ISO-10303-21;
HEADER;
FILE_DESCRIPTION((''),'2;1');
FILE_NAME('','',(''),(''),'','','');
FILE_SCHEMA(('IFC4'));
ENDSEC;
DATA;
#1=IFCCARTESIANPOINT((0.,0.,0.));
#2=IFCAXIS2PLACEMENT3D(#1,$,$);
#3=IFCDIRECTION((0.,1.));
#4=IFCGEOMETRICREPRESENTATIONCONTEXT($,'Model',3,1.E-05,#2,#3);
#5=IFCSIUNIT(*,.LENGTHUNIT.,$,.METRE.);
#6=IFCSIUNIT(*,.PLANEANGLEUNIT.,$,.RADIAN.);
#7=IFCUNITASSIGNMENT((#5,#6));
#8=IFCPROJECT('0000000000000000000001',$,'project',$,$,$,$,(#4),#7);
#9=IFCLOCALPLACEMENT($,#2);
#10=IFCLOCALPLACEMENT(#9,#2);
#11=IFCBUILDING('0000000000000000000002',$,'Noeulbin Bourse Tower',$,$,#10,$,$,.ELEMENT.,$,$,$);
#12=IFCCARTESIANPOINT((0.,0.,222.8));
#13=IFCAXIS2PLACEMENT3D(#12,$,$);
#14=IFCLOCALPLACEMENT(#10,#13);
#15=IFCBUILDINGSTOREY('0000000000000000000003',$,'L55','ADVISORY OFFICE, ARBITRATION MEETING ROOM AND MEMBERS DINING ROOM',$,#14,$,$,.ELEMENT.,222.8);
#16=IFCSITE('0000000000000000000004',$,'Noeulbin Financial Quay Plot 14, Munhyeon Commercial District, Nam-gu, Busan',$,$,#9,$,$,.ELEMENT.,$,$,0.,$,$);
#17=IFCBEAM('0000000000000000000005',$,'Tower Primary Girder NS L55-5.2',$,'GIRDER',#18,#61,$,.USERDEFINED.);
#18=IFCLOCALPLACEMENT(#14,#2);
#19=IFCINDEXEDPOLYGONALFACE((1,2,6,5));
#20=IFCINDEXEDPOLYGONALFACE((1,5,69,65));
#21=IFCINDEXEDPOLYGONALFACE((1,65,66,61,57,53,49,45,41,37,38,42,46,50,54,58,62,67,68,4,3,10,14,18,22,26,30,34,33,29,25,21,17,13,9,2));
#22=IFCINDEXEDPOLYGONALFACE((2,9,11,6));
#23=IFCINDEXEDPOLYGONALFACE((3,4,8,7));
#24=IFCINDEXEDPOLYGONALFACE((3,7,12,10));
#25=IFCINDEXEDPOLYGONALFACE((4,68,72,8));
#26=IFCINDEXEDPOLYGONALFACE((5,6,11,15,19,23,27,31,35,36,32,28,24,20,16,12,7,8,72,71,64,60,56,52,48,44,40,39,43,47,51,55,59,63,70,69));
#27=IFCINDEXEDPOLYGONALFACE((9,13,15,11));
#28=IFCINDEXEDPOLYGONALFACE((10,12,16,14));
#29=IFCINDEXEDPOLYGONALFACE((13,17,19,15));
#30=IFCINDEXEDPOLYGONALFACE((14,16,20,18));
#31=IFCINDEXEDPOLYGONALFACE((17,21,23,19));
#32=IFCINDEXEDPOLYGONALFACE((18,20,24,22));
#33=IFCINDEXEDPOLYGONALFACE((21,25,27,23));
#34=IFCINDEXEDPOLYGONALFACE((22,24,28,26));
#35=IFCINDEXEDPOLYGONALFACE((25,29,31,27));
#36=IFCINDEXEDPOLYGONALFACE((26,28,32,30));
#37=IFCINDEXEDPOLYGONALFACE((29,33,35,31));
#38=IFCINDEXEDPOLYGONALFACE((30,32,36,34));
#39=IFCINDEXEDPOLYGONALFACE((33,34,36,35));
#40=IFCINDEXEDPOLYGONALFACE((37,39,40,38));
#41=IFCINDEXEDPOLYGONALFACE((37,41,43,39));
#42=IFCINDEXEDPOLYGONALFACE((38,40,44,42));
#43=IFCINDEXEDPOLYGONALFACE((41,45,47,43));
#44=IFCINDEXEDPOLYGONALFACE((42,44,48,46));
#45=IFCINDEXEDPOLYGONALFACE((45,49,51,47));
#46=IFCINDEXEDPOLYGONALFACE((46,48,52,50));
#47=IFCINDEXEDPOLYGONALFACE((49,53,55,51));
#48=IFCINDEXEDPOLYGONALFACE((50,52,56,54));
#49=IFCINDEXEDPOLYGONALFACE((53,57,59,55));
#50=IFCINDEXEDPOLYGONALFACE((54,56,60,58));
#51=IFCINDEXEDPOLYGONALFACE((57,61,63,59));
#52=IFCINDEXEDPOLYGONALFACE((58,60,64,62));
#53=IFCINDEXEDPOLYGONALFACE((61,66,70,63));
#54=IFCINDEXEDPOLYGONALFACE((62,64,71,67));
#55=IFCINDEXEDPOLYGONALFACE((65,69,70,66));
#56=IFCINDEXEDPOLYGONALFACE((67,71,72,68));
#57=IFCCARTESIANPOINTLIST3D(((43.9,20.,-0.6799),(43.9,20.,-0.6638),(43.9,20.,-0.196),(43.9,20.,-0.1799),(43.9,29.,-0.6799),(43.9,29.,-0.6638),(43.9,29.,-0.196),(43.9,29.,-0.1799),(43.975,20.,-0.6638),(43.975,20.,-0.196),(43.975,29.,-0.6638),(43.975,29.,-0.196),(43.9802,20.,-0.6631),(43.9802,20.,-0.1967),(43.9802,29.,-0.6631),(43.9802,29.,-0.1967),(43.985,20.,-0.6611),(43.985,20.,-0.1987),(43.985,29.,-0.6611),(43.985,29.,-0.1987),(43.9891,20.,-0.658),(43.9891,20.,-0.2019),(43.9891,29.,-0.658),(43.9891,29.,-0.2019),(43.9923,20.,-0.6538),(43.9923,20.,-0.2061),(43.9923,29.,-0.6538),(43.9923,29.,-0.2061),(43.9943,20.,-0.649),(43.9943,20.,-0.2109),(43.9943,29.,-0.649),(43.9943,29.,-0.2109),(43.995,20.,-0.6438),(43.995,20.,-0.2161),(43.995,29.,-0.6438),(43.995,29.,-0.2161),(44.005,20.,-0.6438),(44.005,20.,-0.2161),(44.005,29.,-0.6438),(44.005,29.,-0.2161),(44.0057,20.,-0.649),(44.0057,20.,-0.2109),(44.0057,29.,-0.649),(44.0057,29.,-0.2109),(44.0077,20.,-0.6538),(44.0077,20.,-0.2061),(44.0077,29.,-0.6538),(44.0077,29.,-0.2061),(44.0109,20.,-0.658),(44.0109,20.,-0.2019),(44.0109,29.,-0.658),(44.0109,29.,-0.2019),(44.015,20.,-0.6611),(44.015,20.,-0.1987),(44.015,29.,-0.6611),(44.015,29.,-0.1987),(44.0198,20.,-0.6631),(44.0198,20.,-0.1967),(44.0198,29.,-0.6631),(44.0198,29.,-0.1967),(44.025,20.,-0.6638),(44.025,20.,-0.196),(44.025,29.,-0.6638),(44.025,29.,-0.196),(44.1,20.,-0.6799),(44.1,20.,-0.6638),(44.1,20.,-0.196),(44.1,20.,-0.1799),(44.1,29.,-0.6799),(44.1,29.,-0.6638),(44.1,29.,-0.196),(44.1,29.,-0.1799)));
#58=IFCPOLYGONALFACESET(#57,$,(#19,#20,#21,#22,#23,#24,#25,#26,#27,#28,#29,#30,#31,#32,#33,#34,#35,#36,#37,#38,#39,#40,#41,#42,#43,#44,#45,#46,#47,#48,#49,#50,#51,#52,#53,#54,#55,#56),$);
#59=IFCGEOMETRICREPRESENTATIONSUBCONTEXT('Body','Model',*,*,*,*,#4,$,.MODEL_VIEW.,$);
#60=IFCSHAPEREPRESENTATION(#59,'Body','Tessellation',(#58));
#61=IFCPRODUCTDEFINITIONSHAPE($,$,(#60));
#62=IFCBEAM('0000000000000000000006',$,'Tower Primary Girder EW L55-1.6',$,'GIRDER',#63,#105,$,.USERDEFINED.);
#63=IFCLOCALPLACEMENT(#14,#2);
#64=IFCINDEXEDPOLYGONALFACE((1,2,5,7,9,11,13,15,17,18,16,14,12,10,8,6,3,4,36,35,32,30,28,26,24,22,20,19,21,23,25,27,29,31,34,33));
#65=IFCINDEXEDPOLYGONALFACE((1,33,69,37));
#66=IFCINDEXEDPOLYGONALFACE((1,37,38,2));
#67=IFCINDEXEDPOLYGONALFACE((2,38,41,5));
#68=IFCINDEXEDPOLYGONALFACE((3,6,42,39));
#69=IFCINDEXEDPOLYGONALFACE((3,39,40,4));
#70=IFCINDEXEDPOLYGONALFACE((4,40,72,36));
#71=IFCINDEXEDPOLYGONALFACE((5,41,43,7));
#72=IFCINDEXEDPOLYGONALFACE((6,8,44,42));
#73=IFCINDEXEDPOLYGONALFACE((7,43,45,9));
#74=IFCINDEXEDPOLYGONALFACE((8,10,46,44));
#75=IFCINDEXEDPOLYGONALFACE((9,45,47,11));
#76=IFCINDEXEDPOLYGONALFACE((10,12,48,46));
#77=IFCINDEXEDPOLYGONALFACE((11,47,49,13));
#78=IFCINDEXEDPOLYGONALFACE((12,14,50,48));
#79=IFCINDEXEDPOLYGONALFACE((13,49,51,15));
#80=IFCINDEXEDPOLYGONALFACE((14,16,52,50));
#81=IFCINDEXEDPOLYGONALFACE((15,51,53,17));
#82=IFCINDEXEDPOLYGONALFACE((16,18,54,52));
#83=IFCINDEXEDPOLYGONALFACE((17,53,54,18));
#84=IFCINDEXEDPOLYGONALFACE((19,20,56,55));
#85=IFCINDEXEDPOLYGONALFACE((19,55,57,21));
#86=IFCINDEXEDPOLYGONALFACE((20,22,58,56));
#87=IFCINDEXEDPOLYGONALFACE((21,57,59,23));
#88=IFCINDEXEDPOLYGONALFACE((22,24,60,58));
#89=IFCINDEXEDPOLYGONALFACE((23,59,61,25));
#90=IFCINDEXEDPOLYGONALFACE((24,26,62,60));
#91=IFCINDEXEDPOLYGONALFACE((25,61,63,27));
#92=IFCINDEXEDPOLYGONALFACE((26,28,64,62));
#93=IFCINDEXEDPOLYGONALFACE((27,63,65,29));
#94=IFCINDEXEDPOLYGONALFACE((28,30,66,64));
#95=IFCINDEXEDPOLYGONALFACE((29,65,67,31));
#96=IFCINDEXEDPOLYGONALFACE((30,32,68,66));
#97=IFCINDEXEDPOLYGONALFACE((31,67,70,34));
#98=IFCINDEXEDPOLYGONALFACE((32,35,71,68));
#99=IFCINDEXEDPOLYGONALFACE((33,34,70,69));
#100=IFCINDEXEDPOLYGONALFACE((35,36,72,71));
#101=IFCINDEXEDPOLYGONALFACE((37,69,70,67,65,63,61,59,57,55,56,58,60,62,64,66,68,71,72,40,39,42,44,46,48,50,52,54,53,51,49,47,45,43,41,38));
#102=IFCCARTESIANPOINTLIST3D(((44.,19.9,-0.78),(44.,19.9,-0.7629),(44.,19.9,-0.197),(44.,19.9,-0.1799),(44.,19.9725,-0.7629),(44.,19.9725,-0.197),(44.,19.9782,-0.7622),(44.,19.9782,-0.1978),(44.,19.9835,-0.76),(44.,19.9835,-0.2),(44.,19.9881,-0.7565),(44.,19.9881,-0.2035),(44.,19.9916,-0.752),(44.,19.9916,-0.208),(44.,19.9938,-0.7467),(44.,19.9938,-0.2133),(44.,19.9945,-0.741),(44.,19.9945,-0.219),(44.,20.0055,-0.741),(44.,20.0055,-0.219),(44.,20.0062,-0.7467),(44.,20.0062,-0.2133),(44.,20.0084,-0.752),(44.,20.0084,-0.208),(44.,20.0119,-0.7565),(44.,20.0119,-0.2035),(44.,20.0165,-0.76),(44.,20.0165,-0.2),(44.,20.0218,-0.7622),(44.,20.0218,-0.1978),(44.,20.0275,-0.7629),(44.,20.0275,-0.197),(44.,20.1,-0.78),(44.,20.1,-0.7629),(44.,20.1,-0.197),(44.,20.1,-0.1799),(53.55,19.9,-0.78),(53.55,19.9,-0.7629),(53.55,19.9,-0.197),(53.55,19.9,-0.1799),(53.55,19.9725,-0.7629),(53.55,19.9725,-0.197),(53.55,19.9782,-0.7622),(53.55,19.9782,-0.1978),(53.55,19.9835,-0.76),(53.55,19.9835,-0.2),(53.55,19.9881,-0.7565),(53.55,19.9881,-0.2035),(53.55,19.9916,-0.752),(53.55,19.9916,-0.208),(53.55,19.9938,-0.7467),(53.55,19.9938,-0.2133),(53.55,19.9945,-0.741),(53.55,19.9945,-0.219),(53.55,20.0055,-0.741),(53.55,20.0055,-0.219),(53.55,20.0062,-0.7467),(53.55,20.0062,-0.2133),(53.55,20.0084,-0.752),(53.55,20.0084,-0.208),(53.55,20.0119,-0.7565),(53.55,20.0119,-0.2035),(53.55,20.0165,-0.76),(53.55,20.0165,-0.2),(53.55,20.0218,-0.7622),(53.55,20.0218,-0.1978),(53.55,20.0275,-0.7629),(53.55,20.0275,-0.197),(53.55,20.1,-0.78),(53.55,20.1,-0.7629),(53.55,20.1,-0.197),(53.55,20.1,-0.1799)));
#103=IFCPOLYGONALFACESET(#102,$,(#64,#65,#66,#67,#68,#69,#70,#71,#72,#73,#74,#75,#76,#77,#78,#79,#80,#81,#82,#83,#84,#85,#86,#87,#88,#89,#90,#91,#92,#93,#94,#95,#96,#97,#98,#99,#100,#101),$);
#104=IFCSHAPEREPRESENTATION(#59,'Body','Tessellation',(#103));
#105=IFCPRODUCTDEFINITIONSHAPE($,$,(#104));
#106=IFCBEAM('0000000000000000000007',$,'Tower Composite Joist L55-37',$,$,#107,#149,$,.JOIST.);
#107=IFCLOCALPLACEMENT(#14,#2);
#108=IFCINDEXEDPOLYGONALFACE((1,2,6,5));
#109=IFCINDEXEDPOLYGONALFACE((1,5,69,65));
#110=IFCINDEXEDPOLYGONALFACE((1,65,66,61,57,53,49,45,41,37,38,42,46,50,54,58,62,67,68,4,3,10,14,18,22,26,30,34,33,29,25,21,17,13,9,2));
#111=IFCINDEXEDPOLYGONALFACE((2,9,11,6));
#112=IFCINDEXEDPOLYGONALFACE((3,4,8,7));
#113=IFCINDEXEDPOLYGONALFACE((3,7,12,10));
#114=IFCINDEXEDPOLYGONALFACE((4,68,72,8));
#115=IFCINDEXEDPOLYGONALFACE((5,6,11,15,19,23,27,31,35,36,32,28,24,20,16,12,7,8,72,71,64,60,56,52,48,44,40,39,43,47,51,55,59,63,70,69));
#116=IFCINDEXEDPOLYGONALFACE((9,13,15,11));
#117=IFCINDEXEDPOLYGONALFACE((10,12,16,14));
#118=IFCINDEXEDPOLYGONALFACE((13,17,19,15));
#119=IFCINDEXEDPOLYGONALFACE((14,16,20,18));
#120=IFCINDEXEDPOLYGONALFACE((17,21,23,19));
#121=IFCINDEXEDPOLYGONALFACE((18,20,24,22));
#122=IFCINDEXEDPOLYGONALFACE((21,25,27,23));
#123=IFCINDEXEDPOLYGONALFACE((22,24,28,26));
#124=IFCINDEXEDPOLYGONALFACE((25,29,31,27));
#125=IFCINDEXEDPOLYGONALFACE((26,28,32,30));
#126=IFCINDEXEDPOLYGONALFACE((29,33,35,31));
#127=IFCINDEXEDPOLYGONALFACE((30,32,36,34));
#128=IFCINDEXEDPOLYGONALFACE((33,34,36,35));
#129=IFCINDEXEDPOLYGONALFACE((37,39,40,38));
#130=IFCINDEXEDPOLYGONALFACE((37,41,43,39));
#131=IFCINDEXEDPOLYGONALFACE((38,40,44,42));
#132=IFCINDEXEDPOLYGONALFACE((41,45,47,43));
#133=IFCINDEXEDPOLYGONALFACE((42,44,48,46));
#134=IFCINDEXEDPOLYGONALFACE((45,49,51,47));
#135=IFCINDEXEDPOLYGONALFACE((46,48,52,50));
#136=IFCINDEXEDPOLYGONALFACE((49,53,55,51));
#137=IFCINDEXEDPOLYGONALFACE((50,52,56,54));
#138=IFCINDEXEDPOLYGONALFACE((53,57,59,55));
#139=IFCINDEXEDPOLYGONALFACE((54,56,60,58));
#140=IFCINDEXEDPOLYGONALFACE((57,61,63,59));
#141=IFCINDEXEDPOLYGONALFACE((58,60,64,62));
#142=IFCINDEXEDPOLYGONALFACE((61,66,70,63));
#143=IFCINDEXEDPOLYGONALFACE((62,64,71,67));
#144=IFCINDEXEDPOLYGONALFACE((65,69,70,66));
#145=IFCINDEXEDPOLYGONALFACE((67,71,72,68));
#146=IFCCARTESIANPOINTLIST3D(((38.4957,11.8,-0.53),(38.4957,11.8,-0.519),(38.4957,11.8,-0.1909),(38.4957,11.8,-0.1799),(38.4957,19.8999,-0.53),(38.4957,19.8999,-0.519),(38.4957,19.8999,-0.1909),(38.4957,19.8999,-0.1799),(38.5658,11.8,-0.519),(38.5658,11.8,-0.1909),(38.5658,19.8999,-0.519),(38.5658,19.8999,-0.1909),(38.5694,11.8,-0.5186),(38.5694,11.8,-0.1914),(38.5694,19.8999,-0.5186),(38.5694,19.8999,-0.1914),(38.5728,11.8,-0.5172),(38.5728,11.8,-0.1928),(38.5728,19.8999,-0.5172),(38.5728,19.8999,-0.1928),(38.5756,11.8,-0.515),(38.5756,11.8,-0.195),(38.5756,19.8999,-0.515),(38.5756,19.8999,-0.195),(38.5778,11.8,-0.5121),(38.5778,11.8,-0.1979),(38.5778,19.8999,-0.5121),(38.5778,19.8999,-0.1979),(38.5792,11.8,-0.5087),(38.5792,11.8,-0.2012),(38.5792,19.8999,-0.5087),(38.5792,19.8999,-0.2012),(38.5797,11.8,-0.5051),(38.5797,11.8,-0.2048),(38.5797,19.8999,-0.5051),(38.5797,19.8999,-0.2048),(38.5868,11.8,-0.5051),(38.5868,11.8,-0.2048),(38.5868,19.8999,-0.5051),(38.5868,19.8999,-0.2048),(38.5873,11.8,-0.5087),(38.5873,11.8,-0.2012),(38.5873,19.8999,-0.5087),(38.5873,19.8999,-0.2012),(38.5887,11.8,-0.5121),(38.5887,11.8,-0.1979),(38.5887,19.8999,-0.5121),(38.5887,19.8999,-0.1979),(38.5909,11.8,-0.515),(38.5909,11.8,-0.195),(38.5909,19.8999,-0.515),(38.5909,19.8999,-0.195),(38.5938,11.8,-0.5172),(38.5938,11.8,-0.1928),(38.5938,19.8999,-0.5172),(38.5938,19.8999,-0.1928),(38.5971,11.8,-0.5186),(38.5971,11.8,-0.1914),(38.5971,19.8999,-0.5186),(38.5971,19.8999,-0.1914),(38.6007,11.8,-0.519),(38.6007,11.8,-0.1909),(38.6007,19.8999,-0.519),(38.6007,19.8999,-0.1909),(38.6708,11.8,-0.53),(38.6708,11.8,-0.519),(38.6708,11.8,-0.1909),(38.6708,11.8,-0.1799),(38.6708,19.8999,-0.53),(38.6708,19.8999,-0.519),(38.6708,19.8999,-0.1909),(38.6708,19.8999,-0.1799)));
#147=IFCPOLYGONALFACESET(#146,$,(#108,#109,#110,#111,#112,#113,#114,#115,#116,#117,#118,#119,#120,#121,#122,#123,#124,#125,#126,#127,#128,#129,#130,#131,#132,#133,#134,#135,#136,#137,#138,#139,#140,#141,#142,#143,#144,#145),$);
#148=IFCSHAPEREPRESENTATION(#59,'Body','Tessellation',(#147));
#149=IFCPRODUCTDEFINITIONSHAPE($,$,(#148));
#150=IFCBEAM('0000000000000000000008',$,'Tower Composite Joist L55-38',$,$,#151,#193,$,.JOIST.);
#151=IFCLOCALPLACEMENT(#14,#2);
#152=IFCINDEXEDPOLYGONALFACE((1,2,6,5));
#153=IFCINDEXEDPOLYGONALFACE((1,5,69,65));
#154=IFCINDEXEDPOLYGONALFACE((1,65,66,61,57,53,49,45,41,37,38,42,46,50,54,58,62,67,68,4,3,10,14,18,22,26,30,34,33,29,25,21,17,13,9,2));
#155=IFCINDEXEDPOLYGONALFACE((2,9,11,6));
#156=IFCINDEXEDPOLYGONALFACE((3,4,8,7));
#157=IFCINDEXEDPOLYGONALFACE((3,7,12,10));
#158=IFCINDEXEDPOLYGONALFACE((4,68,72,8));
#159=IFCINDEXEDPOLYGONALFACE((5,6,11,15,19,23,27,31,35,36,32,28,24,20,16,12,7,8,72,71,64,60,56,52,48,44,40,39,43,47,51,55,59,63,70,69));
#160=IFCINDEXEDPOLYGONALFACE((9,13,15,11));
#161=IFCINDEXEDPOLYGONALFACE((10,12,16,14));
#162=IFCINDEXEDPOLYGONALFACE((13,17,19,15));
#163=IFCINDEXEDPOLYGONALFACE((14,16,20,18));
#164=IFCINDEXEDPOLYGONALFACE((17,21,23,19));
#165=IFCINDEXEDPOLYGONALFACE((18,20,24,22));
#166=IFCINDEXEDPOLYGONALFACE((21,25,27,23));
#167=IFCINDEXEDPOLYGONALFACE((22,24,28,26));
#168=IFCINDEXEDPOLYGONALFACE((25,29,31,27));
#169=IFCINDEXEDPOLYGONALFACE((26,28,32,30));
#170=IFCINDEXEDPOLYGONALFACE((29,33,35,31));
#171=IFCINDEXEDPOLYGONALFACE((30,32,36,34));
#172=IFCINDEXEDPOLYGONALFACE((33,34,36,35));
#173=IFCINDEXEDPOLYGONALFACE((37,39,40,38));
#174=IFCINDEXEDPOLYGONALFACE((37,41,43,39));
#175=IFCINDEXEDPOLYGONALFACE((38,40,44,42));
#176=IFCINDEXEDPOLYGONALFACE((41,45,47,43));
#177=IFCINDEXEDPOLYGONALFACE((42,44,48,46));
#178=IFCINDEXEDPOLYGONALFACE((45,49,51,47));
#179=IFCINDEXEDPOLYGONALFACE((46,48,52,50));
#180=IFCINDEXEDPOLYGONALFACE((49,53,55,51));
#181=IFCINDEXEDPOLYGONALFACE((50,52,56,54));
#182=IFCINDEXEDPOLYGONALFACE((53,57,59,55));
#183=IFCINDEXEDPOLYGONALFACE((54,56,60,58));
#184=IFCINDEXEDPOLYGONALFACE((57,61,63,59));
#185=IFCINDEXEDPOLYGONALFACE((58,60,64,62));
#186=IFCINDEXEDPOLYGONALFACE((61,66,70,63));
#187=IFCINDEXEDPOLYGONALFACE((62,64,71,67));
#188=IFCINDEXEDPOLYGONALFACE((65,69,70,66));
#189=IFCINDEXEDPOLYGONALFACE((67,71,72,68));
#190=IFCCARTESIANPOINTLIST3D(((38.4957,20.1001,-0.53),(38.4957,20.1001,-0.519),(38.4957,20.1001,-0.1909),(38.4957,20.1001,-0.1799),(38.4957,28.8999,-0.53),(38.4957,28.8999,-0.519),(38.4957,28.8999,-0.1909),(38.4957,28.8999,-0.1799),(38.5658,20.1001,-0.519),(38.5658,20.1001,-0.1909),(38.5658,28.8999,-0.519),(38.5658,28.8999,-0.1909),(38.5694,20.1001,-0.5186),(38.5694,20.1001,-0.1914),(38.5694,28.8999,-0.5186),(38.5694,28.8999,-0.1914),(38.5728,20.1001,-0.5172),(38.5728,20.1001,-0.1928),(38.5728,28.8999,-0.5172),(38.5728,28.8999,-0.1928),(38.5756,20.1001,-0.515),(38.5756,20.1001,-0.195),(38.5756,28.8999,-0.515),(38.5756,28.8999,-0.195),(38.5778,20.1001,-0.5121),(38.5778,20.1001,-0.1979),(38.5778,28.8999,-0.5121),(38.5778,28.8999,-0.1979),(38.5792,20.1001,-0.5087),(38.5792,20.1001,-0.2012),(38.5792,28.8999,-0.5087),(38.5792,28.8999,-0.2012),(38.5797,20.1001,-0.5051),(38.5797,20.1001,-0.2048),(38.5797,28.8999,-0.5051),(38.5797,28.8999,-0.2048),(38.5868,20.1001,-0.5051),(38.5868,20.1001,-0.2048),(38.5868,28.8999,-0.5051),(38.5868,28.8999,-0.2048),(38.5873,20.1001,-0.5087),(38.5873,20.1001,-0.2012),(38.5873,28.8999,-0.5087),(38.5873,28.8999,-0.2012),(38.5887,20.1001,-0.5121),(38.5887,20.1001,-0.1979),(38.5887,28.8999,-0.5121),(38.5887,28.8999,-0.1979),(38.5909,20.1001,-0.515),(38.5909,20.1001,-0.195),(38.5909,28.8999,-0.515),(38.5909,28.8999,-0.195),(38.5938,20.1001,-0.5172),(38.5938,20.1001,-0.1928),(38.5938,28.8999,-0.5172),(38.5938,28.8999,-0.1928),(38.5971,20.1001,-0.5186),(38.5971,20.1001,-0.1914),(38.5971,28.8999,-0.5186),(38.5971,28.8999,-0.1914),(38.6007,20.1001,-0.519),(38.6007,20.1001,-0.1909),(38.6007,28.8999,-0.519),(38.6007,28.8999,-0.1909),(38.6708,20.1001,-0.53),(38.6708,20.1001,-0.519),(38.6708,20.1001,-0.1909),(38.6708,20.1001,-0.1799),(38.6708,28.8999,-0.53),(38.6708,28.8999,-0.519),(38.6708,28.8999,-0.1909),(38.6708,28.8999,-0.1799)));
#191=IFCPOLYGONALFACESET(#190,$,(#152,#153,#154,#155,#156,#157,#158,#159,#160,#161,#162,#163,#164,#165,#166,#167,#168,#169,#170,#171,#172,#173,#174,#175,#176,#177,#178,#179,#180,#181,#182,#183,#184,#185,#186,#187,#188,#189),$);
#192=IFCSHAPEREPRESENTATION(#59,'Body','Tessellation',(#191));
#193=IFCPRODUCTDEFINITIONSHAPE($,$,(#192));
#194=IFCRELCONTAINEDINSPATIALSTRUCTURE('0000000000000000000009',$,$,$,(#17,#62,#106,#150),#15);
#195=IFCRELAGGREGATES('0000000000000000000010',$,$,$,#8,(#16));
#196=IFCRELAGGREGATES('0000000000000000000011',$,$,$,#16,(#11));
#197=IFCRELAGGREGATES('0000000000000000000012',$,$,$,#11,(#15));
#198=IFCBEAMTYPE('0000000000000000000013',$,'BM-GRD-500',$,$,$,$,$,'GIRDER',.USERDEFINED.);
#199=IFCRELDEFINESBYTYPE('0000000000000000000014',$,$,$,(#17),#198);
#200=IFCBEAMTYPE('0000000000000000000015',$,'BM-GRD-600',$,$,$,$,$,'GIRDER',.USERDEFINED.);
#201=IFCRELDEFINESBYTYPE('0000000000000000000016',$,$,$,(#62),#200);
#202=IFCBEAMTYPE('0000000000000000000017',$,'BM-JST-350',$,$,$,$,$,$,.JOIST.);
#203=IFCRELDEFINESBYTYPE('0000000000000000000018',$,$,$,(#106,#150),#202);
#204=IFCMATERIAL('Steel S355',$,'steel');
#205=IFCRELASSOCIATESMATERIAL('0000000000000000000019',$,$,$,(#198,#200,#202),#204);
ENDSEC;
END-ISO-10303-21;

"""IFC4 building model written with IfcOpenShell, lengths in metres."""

from ifc_helpers import new_model, si_unit, direction, frame, origin, origin_2d, place, context, subcontext, project, spatial, i_section, extrude, material, material_profile, profile_set, type_object, element, save


model = new_model("IFC4")

# Units and contexts
model_context = context("Model", 3, precision=1e-05, world=origin(), true_north=direction((0.0, 1.0)))
body_context = subcontext(model_context, "Body", "Model", "MODEL_VIEW")
ifc_project = project(units=[si_unit("LENGTHUNIT", "METRE"), si_unit("PLANEANGLEUNIT", "RADIAN")], contexts=[model_context])

# Site, building, storey
site_placement = place(None, origin())
site = spatial("IfcSite", under=ifc_project, at=site_placement, Name="Noeulbin Financial Quay Plot 14, Munhyeon Commercial District, Nam-gu, Busan", CompositionType="ELEMENT", RefElevation=0.0)
building_placement = place(site_placement, origin())
building = spatial("IfcBuilding", under=site, at=building_placement, Name="Noeulbin Bourse Tower", CompositionType="ELEMENT")
storey_placement = place(building_placement, frame((0.0, 0.0, 222.8)))
storey = spatial("IfcBuildingStorey", under=building, at=storey_placement, Name="L55", Description="ADVISORY OFFICE, ARBITRATION MEETING ROOM AND MEMBERS DINING ROOM", CompositionType="ELEMENT", Elevation=222.8)

# Shared definitions
ifc_material_1 = material(Name="Steel S355", Category="steel")

# Beams
ifc_material_profile_1 = material_profile(ifc_material_1, i_section(OverallWidth=0.2, OverallDepth=0.5, WebThickness=0.01, FlangeThickness=0.0161, FilletRadius=0.02, at=origin_2d()), Name="H-500x200x10x16", Category="LoadBearing")
ifc_profile_set_1 = profile_set([ifc_material_profile_1], Name="Steel S355")
beam_type_1 = type_object("IfcBeamType", Name="BM-GRD-500", ElementType="GIRDER", PredefinedType="USERDEFINED", material=ifc_profile_set_1)
beam_1_placement = place(storey_placement, frame((44.0, 20.0, -0.4299), z_axis=(0.0, 1.0, 0.0), x_axis=(-1.0, 0.0, 0.0)))
element("IfcBeam", 1, at=beam_1_placement, inside=storey, type_object=beam_type_1, Name="Tower Primary Girder NS L55-5.2", ObjectType="GIRDER", PredefinedType="USERDEFINED", context=body_context, shape_type="SweptSolid", body=[
    extrude(i_section(OverallWidth=0.2, OverallDepth=0.5, WebThickness=0.01, FlangeThickness=0.0161, FilletRadius=0.02, at=origin_2d()), origin(), (0.0, 0.0, 1.0), 9.0),
])
ifc_material_profile_2 = material_profile(ifc_material_1, i_section(OverallWidth=0.2, OverallDepth=0.6001, WebThickness=0.011, FlangeThickness=0.0171, FilletRadius=0.022, at=origin_2d()), Name="H-600x200x11x17", Category="LoadBearing")
ifc_profile_set_2 = profile_set([ifc_material_profile_2], Name="Steel S355")
beam_type_2 = type_object("IfcBeamType", Name="BM-GRD-600", ElementType="GIRDER", PredefinedType="USERDEFINED", material=ifc_profile_set_2)
beam_2_placement = place(storey_placement, frame((44.0, 20.0, -0.48), z_axis=(1.0, 0.0, 0.0), x_axis=(0.0, 1.0, 0.0)))
element("IfcBeam", 2, at=beam_2_placement, inside=storey, type_object=beam_type_2, Name="Tower Primary Girder EW L55-1.6", ObjectType="GIRDER", PredefinedType="USERDEFINED", context=body_context, shape_type="SweptSolid", body=[
    extrude(i_section(OverallWidth=0.2, OverallDepth=0.6001, WebThickness=0.011, FlangeThickness=0.0171, FilletRadius=0.022, at=origin_2d()), origin(), (0.0, 0.0, 1.0), 9.55),
])
ifc_material_profile_3 = material_profile(ifc_material_1, i_section(OverallWidth=0.175, OverallDepth=0.3501, WebThickness=0.0071, FlangeThickness=0.011, FilletRadius=0.0139, at=origin_2d()), Name="H-350x175x7x11", Category="LoadBearing")
ifc_profile_set_3 = profile_set([ifc_material_profile_3], Name="Steel S355")
beam_type_3 = type_object("IfcBeamType", Name="BM-JST-350", PredefinedType="JOIST", material=ifc_profile_set_3)
beam_3_placement = place(storey_placement, frame((38.5833, 11.8, -0.355), z_axis=(0.0, 1.0, 0.0), x_axis=(-1.0, 0.0, 0.0)))
element("IfcBeam", 3, at=beam_3_placement, inside=storey, type_object=beam_type_3, Name="Tower Composite Joist L55-37", PredefinedType="JOIST", context=body_context, shape_type="SweptSolid", body=[
    extrude(i_section(OverallWidth=0.175, OverallDepth=0.3501, WebThickness=0.0071, FlangeThickness=0.011, FilletRadius=0.0139, at=origin_2d()), origin(), (0.0, 0.0, 1.0), 8.0999),
])
beam_4_placement = place(storey_placement, frame((38.5833, 20.1001, -0.355), z_axis=(0.0, 1.0, 0.0), x_axis=(-1.0, 0.0, 0.0)))
element("IfcBeam", 4, at=beam_4_placement, inside=storey, type_object=beam_type_3, Name="Tower Composite Joist L55-38", PredefinedType="JOIST", context=body_context, shape_type="SweptSolid", body=[
    extrude(i_section(OverallWidth=0.175, OverallDepth=0.3501, WebThickness=0.0071, FlangeThickness=0.011, FilletRadius=0.0139, at=origin_2d()), origin(), (0.0, 0.0, 1.0), 8.7998),
])

save(model, "model.ifc")
